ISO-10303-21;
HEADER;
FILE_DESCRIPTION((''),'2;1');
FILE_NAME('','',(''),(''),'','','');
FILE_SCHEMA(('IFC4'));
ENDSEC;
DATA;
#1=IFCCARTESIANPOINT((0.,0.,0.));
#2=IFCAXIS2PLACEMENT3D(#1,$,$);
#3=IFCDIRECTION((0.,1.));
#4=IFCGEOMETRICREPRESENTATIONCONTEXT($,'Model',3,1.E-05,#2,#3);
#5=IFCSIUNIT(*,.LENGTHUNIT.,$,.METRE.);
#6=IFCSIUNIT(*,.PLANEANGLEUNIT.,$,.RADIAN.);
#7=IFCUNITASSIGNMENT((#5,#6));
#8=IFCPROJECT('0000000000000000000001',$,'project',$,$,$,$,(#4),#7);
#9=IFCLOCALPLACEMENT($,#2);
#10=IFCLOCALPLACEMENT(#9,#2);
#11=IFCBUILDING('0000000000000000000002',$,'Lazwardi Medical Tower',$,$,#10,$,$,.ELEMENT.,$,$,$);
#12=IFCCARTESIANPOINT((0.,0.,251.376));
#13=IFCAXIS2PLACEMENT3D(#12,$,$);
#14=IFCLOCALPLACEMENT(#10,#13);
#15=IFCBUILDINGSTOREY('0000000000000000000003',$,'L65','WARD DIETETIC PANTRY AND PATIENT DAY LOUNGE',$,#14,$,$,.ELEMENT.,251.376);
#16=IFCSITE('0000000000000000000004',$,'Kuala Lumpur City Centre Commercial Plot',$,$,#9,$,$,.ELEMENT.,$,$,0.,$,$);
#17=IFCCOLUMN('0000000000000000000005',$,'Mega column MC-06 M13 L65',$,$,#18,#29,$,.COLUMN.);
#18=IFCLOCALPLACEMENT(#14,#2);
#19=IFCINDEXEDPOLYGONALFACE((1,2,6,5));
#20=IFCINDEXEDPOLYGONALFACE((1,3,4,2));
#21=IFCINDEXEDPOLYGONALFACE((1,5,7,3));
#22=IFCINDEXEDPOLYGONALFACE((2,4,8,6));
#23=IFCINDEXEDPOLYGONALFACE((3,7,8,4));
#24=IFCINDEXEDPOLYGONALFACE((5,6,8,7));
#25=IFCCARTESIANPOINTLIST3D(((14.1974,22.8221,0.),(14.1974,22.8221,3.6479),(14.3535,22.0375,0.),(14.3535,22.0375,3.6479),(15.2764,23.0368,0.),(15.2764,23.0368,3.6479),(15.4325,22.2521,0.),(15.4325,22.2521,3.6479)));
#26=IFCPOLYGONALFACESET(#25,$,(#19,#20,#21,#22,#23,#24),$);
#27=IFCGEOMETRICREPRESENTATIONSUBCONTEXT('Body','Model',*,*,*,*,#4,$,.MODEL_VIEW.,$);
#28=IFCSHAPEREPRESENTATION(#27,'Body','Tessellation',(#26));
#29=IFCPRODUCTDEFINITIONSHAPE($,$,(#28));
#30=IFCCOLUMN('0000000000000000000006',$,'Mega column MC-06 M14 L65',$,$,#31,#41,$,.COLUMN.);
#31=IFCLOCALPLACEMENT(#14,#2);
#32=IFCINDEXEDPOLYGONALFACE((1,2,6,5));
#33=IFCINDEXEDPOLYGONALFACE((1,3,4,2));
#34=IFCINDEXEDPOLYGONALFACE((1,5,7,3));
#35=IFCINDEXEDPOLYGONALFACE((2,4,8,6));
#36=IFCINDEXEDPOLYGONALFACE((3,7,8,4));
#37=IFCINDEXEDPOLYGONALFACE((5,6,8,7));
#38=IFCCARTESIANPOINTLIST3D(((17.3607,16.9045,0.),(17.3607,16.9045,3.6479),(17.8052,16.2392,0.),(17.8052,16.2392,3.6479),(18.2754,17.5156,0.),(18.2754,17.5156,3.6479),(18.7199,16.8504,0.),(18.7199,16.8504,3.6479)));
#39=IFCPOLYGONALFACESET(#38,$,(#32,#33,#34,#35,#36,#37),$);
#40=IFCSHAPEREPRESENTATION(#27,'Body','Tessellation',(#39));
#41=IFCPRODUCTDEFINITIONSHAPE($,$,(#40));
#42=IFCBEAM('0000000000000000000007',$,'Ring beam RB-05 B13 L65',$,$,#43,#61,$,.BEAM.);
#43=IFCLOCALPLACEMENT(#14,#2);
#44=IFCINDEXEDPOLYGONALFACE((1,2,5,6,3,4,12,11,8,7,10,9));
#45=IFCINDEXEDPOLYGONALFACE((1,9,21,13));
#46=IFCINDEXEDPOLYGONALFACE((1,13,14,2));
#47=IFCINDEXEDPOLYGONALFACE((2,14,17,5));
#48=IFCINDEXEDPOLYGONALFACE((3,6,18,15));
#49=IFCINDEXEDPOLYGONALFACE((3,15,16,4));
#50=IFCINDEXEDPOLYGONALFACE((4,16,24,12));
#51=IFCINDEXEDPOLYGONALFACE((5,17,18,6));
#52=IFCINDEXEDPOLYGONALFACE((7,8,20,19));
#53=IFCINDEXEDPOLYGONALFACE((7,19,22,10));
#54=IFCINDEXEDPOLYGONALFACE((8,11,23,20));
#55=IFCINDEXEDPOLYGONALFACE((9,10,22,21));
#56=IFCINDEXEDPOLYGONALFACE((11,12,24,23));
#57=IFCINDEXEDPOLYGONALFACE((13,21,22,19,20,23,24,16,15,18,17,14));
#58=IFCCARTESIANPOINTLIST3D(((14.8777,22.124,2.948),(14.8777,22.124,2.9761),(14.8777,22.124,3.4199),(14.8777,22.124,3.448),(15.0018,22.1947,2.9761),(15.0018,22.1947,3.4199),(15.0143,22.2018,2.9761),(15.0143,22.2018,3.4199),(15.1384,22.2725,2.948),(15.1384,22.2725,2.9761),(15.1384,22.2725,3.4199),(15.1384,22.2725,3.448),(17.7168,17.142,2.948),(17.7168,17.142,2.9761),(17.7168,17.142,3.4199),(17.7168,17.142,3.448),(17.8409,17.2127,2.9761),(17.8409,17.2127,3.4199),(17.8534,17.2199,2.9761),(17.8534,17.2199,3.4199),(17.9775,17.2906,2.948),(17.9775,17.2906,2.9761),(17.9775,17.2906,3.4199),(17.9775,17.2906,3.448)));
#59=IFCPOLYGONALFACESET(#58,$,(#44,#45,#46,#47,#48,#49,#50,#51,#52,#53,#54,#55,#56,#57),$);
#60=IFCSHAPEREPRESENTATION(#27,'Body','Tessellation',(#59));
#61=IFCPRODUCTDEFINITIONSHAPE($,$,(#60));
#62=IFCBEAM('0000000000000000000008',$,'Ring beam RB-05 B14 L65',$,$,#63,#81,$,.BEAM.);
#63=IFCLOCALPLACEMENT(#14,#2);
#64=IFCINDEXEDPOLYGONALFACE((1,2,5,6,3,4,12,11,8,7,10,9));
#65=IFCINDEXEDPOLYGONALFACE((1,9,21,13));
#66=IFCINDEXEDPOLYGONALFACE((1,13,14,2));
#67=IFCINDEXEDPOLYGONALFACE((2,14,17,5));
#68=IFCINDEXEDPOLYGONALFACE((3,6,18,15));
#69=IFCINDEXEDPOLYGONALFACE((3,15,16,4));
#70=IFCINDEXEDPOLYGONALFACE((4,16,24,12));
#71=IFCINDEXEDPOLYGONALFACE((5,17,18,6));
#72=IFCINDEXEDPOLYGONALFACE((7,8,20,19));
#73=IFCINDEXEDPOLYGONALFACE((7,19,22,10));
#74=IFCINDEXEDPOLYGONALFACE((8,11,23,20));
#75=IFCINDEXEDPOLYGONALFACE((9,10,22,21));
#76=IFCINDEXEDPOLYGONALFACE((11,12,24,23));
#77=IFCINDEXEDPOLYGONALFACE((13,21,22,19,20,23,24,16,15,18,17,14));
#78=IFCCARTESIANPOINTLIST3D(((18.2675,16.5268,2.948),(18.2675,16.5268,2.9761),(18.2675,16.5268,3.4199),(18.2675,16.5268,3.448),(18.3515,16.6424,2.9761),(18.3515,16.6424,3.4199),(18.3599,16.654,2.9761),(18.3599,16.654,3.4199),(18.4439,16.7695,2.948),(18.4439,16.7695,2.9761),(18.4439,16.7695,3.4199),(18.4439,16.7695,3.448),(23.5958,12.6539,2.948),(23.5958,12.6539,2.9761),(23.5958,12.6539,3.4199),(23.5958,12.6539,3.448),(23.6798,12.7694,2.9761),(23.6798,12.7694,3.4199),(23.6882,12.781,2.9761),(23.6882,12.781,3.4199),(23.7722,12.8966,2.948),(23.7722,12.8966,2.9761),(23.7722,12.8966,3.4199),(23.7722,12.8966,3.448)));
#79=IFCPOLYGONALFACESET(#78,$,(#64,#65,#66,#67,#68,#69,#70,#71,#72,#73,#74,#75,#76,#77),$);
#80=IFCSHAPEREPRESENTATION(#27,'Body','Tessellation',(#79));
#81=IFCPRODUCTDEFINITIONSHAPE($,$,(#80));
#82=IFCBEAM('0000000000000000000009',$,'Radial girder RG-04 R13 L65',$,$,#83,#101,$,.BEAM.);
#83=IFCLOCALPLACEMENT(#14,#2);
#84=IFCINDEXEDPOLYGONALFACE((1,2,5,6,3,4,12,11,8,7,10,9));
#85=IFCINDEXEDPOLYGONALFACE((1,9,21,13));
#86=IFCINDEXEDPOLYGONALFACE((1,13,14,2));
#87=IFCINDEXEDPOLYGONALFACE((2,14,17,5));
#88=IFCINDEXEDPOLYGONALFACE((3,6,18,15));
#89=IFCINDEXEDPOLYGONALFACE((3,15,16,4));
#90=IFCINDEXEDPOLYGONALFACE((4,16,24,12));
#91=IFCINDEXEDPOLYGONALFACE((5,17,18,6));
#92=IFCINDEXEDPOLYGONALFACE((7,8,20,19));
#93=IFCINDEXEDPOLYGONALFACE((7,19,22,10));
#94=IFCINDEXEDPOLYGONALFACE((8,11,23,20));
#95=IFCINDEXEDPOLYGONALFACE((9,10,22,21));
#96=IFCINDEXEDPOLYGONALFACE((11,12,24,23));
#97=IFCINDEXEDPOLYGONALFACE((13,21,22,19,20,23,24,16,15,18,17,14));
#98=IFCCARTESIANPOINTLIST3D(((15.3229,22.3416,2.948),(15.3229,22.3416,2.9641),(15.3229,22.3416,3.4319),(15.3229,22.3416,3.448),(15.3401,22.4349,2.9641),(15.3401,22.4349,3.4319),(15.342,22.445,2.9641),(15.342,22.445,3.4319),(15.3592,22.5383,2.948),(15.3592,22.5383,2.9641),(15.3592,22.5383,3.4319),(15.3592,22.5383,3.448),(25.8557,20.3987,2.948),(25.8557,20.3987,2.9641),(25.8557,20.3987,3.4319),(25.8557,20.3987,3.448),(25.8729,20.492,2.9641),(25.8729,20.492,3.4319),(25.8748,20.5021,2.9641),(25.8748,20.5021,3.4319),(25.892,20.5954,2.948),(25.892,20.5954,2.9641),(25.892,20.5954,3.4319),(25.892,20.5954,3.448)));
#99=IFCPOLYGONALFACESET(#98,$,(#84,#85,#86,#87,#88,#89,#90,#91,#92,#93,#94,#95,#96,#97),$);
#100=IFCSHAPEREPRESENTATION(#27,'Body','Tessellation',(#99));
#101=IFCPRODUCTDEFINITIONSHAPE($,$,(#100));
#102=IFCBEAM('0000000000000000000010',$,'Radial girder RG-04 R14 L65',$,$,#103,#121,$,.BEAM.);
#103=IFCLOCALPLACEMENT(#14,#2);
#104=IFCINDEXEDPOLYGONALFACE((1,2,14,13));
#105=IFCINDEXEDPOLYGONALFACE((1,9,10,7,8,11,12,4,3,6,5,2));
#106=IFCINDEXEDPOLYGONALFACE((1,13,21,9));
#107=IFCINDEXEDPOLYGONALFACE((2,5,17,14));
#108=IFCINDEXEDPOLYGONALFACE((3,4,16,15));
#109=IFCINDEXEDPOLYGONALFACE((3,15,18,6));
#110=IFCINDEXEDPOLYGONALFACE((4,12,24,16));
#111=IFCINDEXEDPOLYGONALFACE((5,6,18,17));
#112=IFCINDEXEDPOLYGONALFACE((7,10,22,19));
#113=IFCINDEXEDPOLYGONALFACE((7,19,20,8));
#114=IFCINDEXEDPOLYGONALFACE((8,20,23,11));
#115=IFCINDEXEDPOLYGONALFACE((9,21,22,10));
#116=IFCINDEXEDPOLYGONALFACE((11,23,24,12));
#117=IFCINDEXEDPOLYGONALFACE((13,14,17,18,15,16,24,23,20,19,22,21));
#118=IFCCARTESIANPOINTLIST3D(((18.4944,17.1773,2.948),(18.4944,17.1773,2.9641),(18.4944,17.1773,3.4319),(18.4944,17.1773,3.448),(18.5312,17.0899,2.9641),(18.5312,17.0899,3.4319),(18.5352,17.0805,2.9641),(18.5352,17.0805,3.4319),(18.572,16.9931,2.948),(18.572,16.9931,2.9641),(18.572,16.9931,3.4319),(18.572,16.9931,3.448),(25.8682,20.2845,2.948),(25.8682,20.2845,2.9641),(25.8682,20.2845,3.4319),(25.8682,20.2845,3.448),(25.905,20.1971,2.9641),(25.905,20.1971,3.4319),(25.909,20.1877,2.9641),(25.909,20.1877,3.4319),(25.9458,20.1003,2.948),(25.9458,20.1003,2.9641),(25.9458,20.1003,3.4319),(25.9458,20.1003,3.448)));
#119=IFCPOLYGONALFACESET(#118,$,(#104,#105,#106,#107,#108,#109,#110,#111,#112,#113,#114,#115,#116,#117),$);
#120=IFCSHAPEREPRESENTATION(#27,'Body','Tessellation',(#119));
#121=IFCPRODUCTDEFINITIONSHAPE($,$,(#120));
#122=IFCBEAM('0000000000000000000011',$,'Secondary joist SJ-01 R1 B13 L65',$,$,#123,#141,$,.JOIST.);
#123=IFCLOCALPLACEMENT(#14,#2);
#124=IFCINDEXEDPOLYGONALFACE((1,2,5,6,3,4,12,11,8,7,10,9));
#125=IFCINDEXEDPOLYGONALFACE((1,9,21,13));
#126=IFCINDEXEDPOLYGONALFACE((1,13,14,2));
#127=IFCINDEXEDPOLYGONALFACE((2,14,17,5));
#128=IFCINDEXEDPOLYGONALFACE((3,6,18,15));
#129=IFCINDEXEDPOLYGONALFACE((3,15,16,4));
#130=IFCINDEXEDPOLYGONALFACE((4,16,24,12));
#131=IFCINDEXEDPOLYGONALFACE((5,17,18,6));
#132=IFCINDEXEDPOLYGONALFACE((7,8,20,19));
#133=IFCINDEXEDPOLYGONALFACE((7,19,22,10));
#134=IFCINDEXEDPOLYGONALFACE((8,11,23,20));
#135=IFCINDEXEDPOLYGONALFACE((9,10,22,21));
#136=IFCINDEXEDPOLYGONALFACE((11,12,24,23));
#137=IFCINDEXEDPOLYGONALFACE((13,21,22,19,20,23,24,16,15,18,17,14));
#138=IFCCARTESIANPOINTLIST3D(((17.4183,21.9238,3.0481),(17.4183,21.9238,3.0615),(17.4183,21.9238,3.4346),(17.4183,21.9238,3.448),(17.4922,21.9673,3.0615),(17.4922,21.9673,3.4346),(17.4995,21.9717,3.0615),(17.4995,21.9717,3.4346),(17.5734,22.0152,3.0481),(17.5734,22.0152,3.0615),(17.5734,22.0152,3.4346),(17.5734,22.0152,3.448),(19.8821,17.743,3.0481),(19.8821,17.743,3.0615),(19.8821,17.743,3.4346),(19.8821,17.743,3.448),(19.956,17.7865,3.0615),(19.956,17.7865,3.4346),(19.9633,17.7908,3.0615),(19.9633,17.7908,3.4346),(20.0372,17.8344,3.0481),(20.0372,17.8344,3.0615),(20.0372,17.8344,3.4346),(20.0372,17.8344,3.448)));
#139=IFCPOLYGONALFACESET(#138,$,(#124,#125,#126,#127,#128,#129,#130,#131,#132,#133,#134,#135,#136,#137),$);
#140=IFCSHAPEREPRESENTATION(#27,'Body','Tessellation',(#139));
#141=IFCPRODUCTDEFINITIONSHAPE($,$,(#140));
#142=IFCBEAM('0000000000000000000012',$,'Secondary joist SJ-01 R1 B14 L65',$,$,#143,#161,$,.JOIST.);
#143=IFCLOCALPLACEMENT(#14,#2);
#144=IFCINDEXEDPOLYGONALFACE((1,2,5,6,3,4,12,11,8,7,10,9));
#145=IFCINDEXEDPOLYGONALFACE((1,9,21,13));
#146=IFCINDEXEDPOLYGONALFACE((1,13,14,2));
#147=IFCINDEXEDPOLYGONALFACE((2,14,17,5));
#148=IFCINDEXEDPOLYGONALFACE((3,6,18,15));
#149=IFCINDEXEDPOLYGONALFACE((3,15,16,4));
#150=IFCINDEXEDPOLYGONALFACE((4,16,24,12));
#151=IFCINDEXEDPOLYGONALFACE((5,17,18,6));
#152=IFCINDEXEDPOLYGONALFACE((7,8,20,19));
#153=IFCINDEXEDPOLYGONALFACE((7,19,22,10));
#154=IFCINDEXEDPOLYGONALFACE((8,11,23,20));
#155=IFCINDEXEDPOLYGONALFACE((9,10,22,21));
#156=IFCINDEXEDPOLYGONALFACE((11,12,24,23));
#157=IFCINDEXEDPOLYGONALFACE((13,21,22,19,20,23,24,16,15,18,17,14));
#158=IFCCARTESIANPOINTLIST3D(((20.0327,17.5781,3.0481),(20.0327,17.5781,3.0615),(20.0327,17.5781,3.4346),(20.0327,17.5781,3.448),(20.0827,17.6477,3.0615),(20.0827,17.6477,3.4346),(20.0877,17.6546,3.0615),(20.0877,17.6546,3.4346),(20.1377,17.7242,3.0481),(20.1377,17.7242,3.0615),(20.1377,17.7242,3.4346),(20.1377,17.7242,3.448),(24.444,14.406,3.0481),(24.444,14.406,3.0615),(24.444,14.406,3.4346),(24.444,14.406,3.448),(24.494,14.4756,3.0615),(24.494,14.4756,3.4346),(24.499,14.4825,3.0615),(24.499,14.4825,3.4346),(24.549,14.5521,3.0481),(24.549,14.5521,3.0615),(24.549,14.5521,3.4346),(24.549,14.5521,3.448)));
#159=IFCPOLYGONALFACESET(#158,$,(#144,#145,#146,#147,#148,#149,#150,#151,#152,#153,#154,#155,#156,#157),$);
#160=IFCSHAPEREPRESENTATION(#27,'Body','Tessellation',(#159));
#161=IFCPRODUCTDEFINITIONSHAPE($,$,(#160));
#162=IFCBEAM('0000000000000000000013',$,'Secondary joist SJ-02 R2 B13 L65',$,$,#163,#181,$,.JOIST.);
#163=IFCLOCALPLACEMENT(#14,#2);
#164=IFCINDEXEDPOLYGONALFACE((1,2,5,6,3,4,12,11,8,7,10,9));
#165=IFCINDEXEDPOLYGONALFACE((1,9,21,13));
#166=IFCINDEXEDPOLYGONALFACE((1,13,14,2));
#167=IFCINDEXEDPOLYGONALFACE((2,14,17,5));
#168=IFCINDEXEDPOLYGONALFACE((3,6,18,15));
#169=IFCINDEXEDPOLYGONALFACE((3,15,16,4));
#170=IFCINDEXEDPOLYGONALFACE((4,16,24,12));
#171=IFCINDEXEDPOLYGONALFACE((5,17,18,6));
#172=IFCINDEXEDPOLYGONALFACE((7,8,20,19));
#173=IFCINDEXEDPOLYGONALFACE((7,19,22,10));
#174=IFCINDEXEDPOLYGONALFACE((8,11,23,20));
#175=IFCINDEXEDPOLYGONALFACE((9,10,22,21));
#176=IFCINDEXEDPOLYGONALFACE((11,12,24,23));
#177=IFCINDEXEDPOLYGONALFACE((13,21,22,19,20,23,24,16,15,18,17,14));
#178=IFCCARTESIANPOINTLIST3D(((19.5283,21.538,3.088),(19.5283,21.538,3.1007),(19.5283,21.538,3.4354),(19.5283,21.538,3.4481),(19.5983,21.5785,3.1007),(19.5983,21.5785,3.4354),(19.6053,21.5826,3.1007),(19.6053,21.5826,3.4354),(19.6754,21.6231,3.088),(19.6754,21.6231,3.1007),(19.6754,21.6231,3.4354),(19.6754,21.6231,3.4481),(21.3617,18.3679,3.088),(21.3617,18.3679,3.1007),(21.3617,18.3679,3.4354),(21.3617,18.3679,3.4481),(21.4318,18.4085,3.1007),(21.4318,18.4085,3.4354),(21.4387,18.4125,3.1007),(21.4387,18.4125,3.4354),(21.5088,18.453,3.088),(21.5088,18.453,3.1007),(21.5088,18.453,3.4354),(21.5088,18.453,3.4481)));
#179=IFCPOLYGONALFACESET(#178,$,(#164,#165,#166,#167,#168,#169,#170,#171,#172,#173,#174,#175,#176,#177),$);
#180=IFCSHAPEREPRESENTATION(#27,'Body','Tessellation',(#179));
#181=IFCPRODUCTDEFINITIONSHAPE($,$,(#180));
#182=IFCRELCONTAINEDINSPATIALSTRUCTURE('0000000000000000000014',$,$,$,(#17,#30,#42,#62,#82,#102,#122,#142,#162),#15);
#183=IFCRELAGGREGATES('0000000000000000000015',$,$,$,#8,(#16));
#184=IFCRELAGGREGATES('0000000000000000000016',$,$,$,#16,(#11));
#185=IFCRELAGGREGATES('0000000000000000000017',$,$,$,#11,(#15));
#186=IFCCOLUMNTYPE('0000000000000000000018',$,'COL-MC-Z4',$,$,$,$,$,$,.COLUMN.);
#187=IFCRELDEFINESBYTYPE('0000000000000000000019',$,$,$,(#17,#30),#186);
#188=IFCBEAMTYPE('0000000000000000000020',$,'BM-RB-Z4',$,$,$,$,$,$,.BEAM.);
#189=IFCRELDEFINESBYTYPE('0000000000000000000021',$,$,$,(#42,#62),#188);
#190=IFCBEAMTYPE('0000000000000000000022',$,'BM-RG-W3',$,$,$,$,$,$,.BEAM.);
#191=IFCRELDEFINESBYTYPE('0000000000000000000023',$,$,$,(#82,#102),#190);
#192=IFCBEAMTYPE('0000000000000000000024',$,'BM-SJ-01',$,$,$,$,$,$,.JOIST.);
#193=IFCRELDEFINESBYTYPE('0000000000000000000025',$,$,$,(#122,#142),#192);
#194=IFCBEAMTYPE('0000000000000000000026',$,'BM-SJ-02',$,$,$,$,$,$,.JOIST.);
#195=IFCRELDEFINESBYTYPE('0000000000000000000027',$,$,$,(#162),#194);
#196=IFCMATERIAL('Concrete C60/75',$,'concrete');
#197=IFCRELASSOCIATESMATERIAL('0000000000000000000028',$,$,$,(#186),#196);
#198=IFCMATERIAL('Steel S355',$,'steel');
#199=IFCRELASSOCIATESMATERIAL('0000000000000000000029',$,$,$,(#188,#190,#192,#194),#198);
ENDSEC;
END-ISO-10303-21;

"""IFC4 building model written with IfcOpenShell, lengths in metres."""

from ifc_helpers import new_model, si_unit, direction, frame, origin, origin_2d, place, context, subcontext, project, spatial, rectangle, i_section, extrude, material, material_profile, profile_set, type_object, element, save


model = new_model("IFC4")

# Units and contexts
model_context = context("Model", 3, precision=1e-05, world=origin(), true_north=direction((0.0, 1.0)))
body_context = subcontext(model_context, "Body", "Model", "MODEL_VIEW")
ifc_project = project(units=[si_unit("LENGTHUNIT", "METRE"), si_unit("PLANEANGLEUNIT", "RADIAN")], contexts=[model_context])

# Site, building, storey
site_placement = place(None, origin())
site = spatial("IfcSite", under=ifc_project, at=site_placement, Name="Kuala Lumpur City Centre Commercial Plot", CompositionType="ELEMENT", RefElevation=0.0)
building_placement = place(site_placement, origin())
building = spatial("IfcBuilding", under=site, at=building_placement, Name="Lazwardi Medical Tower", CompositionType="ELEMENT")
storey_placement = place(building_placement, frame((0.0, 0.0, 251.376)))
storey = spatial("IfcBuildingStorey", under=building, at=storey_placement, Name="L65", Description="WARD DIETETIC PANTRY AND PATIENT DAY LOUNGE", CompositionType="ELEMENT", Elevation=251.376)

# Columns
ifc_material_1 = material(Name="Concrete C60/75", Category="concrete")
ifc_material_profile_1 = material_profile(ifc_material_1, rectangle(XDim=1.1001, YDim=0.8, at=origin_2d()), Name="CFT-RECT 1100x800")
ifc_profile_set_1 = profile_set([ifc_material_profile_1], Name="Concrete C60/75")
column_type = type_object("IfcColumnType", Name="COL-MC-Z4", PredefinedType="COLUMN", material=ifc_profile_set_1)
for number, where, z_axis, x_axis, name in (
    (1, (14.8149, 22.5371, 0.0), (0.0, 0.0, 1.0), (-0.980785, -0.19509, 0.0), "Mega column MC-06 M13 L65"),
    (2, (18.0403, 16.8774, 0.0), (0.0, 0.0, 1.0), (-0.83147, -0.55557, 0.0), "Mega column MC-06 M14 L65"),
):
    element("IfcColumn", number, at=place(storey_placement, frame(where, z_axis=z_axis, x_axis=x_axis)), inside=storey, type_object=column_type, Name=name, PredefinedType="COLUMN", context=body_context, shape_type="SweptSolid", body=[
        extrude(rectangle(XDim=1.1001, YDim=0.8, at=origin_2d()), origin(), (0.0, 0.0, 1.0), 3.6479),
    ])

# Beams
ifc_material_2 = material(Name="Steel S355", Category="steel")
ifc_material_profile_2 = material_profile(ifc_material_2, i_section(OverallWidth=0.3, OverallDepth=0.5, WebThickness=0.0144, FlangeThickness=0.0281, at=origin_2d()), Name="HEB 500")
ifc_profile_set_2 = profile_set([ifc_material_profile_2], Name="Steel S355")
beam_type_1 = type_object("IfcBeamType", Name="BM-RB-Z4", PredefinedType="BEAM", material=ifc_profile_set_2)
beam_1_placement = place(storey_placement, frame((15.0081, 22.1982, 3.198), z_axis=(0.495125, -0.868822, 0.0), x_axis=(0.868822, 0.495125, 0.0)))
element("IfcBeam", 3, at=beam_1_placement, inside=storey, type_object=beam_type_1, Name="Ring beam RB-05 B13 L65", PredefinedType="BEAM", context=body_context, shape_type="SweptSolid", body=[
    extrude(i_section(OverallWidth=0.3, OverallDepth=0.5, WebThickness=0.0144, FlangeThickness=0.0281, at=origin_2d()), origin(), (0.0, 0.0, 1.0), 5.7341),
])
beam_2_placement = place(storey_placement, frame((18.3557, 16.6482, 3.198), z_axis=(0.80889, -0.58796, 0.0), x_axis=(0.58796, 0.80889, 0.0)))
element("IfcBeam", 4, at=beam_2_placement, inside=storey, type_object=beam_type_1, Name="Ring beam RB-05 B14 L65", PredefinedType="BEAM", context=body_context, shape_type="SweptSolid", body=[
    extrude(i_section(OverallWidth=0.3, OverallDepth=0.5, WebThickness=0.0144, FlangeThickness=0.0281, at=origin_2d()), origin(), (0.0, 0.0, 1.0), 6.5872),
])
ifc_material_profile_3 = material_profile(ifc_material_2, i_section(OverallWidth=0.2, OverallDepth=0.5, WebThickness=0.0103, FlangeThickness=0.0161, at=origin_2d()), Name="IPE 500")
ifc_profile_set_3 = profile_set([ifc_material_profile_3], Name="Steel S355")
beam_type_2 = type_object("IfcBeamType", Name="BM-RG-W3", PredefinedType="BEAM", material=ifc_profile_set_3)
beam_3_placement = place(storey_placement, frame((15.3411, 22.4399, 3.198), z_axis=(0.983409, -0.1814, 0.0), x_axis=(0.1814, 0.983409, 0.0)))
element("IfcBeam", 5, at=beam_3_placement, inside=storey, type_object=beam_type_2, Name="Radial girder RG-04 R13 L65", PredefinedType="BEAM", context=body_context, shape_type="SweptSolid", body=[
    extrude(i_section(OverallWidth=0.2, OverallDepth=0.5, WebThickness=0.0103, FlangeThickness=0.0161, at=origin_2d()), origin(), (0.0, 0.0, 1.0), 10.7104),
])
beam_4_placement = place(storey_placement, frame((18.5332, 17.0852, 3.198), z_axis=(0.921527, 0.388315, 0.0), x_axis=(-0.388315, 0.921527, 0.0)))
element("IfcBeam", 6, at=beam_4_placement, inside=storey, type_object=beam_type_2, Name="Radial girder RG-04 R14 L65", PredefinedType="BEAM", context=body_context, shape_type="SweptSolid", body=[
    extrude(i_section(OverallWidth=0.2, OverallDepth=0.5, WebThickness=0.0103, FlangeThickness=0.0161, at=origin_2d()), origin(), (0.0, 0.0, 1.0), 8.0017),
])
ifc_material_profile_4 = material_profile(ifc_material_2, i_section(OverallWidth=0.1799, OverallDepth=0.3999, WebThickness=0.0085, FlangeThickness=0.0134, at=origin_2d()), Name="IPE 400")
ifc_profile_set_4 = profile_set([ifc_material_profile_4], Name="Steel S355")
beam_type_3 = type_object("IfcBeamType", Name="BM-SJ-01", PredefinedType="JOIST", material=ifc_profile_set_4)
beam_5_placement = place(storey_placement, frame((17.4958, 21.9695, 3.248), z_axis=(0.50771, -0.861528, 0.0), x_axis=(0.861528, 0.50771, 0.0)))
element("IfcBeam", 7, at=beam_5_placement, inside=storey, type_object=beam_type_3, Name="Secondary joist SJ-01 R1 B13 L65", PredefinedType="JOIST", context=body_context, shape_type="SweptSolid", body=[
    extrude(i_section(OverallWidth=0.1799, OverallDepth=0.3999, WebThickness=0.0085, FlangeThickness=0.0134, at=origin_2d()), origin(), (0.0, 0.0, 1.0), 4.8528),
])
beam_6_placement = place(storey_placement, frame((20.0852, 17.6511, 3.248), z_axis=(0.81189, -0.583811, 0.0), x_axis=(0.583811, 0.81189, 0.0)))
element("IfcBeam", 8, at=beam_6_placement, inside=storey, type_object=beam_type_3, Name="Secondary joist SJ-01 R1 B14 L65", PredefinedType="JOIST", context=body_context, shape_type="SweptSolid", body=[
    extrude(i_section(OverallWidth=0.1799, OverallDepth=0.3999, WebThickness=0.0085, FlangeThickness=0.0134, at=origin_2d()), origin(), (0.0, 0.0, 1.0), 5.4333),
])
ifc_material_profile_5 = material_profile(ifc_material_2, i_section(OverallWidth=0.1699, OverallDepth=0.3601, WebThickness=0.0081, FlangeThickness=0.0127, at=origin_2d()), Name="IPE 360")
ifc_profile_set_5 = profile_set([ifc_material_profile_5], Name="Steel S355")
beam_type_4 = type_object("IfcBeamType", Name="BM-SJ-02", PredefinedType="JOIST", material=ifc_profile_set_5)
beam_7_placement = place(storey_placement, frame((19.6018, 21.5806, 3.2681), z_axis=(0.500655, -0.865647, 0.0), x_axis=(0.865647, 0.500655, 0.0)))
element("IfcBeam", 9, at=beam_7_placement, inside=storey, type_object=beam_type_4, Name="Secondary joist SJ-02 R2 B13 L65", PredefinedType="JOIST", context=body_context, shape_type="SweptSolid", body=[
    extrude(i_section(OverallWidth=0.1699, OverallDepth=0.3601, WebThickness=0.0081, FlangeThickness=0.0127, at=origin_2d()), origin(), (0.0, 0.0, 1.0), 3.6621),
])

save(model, "model.ifc")
